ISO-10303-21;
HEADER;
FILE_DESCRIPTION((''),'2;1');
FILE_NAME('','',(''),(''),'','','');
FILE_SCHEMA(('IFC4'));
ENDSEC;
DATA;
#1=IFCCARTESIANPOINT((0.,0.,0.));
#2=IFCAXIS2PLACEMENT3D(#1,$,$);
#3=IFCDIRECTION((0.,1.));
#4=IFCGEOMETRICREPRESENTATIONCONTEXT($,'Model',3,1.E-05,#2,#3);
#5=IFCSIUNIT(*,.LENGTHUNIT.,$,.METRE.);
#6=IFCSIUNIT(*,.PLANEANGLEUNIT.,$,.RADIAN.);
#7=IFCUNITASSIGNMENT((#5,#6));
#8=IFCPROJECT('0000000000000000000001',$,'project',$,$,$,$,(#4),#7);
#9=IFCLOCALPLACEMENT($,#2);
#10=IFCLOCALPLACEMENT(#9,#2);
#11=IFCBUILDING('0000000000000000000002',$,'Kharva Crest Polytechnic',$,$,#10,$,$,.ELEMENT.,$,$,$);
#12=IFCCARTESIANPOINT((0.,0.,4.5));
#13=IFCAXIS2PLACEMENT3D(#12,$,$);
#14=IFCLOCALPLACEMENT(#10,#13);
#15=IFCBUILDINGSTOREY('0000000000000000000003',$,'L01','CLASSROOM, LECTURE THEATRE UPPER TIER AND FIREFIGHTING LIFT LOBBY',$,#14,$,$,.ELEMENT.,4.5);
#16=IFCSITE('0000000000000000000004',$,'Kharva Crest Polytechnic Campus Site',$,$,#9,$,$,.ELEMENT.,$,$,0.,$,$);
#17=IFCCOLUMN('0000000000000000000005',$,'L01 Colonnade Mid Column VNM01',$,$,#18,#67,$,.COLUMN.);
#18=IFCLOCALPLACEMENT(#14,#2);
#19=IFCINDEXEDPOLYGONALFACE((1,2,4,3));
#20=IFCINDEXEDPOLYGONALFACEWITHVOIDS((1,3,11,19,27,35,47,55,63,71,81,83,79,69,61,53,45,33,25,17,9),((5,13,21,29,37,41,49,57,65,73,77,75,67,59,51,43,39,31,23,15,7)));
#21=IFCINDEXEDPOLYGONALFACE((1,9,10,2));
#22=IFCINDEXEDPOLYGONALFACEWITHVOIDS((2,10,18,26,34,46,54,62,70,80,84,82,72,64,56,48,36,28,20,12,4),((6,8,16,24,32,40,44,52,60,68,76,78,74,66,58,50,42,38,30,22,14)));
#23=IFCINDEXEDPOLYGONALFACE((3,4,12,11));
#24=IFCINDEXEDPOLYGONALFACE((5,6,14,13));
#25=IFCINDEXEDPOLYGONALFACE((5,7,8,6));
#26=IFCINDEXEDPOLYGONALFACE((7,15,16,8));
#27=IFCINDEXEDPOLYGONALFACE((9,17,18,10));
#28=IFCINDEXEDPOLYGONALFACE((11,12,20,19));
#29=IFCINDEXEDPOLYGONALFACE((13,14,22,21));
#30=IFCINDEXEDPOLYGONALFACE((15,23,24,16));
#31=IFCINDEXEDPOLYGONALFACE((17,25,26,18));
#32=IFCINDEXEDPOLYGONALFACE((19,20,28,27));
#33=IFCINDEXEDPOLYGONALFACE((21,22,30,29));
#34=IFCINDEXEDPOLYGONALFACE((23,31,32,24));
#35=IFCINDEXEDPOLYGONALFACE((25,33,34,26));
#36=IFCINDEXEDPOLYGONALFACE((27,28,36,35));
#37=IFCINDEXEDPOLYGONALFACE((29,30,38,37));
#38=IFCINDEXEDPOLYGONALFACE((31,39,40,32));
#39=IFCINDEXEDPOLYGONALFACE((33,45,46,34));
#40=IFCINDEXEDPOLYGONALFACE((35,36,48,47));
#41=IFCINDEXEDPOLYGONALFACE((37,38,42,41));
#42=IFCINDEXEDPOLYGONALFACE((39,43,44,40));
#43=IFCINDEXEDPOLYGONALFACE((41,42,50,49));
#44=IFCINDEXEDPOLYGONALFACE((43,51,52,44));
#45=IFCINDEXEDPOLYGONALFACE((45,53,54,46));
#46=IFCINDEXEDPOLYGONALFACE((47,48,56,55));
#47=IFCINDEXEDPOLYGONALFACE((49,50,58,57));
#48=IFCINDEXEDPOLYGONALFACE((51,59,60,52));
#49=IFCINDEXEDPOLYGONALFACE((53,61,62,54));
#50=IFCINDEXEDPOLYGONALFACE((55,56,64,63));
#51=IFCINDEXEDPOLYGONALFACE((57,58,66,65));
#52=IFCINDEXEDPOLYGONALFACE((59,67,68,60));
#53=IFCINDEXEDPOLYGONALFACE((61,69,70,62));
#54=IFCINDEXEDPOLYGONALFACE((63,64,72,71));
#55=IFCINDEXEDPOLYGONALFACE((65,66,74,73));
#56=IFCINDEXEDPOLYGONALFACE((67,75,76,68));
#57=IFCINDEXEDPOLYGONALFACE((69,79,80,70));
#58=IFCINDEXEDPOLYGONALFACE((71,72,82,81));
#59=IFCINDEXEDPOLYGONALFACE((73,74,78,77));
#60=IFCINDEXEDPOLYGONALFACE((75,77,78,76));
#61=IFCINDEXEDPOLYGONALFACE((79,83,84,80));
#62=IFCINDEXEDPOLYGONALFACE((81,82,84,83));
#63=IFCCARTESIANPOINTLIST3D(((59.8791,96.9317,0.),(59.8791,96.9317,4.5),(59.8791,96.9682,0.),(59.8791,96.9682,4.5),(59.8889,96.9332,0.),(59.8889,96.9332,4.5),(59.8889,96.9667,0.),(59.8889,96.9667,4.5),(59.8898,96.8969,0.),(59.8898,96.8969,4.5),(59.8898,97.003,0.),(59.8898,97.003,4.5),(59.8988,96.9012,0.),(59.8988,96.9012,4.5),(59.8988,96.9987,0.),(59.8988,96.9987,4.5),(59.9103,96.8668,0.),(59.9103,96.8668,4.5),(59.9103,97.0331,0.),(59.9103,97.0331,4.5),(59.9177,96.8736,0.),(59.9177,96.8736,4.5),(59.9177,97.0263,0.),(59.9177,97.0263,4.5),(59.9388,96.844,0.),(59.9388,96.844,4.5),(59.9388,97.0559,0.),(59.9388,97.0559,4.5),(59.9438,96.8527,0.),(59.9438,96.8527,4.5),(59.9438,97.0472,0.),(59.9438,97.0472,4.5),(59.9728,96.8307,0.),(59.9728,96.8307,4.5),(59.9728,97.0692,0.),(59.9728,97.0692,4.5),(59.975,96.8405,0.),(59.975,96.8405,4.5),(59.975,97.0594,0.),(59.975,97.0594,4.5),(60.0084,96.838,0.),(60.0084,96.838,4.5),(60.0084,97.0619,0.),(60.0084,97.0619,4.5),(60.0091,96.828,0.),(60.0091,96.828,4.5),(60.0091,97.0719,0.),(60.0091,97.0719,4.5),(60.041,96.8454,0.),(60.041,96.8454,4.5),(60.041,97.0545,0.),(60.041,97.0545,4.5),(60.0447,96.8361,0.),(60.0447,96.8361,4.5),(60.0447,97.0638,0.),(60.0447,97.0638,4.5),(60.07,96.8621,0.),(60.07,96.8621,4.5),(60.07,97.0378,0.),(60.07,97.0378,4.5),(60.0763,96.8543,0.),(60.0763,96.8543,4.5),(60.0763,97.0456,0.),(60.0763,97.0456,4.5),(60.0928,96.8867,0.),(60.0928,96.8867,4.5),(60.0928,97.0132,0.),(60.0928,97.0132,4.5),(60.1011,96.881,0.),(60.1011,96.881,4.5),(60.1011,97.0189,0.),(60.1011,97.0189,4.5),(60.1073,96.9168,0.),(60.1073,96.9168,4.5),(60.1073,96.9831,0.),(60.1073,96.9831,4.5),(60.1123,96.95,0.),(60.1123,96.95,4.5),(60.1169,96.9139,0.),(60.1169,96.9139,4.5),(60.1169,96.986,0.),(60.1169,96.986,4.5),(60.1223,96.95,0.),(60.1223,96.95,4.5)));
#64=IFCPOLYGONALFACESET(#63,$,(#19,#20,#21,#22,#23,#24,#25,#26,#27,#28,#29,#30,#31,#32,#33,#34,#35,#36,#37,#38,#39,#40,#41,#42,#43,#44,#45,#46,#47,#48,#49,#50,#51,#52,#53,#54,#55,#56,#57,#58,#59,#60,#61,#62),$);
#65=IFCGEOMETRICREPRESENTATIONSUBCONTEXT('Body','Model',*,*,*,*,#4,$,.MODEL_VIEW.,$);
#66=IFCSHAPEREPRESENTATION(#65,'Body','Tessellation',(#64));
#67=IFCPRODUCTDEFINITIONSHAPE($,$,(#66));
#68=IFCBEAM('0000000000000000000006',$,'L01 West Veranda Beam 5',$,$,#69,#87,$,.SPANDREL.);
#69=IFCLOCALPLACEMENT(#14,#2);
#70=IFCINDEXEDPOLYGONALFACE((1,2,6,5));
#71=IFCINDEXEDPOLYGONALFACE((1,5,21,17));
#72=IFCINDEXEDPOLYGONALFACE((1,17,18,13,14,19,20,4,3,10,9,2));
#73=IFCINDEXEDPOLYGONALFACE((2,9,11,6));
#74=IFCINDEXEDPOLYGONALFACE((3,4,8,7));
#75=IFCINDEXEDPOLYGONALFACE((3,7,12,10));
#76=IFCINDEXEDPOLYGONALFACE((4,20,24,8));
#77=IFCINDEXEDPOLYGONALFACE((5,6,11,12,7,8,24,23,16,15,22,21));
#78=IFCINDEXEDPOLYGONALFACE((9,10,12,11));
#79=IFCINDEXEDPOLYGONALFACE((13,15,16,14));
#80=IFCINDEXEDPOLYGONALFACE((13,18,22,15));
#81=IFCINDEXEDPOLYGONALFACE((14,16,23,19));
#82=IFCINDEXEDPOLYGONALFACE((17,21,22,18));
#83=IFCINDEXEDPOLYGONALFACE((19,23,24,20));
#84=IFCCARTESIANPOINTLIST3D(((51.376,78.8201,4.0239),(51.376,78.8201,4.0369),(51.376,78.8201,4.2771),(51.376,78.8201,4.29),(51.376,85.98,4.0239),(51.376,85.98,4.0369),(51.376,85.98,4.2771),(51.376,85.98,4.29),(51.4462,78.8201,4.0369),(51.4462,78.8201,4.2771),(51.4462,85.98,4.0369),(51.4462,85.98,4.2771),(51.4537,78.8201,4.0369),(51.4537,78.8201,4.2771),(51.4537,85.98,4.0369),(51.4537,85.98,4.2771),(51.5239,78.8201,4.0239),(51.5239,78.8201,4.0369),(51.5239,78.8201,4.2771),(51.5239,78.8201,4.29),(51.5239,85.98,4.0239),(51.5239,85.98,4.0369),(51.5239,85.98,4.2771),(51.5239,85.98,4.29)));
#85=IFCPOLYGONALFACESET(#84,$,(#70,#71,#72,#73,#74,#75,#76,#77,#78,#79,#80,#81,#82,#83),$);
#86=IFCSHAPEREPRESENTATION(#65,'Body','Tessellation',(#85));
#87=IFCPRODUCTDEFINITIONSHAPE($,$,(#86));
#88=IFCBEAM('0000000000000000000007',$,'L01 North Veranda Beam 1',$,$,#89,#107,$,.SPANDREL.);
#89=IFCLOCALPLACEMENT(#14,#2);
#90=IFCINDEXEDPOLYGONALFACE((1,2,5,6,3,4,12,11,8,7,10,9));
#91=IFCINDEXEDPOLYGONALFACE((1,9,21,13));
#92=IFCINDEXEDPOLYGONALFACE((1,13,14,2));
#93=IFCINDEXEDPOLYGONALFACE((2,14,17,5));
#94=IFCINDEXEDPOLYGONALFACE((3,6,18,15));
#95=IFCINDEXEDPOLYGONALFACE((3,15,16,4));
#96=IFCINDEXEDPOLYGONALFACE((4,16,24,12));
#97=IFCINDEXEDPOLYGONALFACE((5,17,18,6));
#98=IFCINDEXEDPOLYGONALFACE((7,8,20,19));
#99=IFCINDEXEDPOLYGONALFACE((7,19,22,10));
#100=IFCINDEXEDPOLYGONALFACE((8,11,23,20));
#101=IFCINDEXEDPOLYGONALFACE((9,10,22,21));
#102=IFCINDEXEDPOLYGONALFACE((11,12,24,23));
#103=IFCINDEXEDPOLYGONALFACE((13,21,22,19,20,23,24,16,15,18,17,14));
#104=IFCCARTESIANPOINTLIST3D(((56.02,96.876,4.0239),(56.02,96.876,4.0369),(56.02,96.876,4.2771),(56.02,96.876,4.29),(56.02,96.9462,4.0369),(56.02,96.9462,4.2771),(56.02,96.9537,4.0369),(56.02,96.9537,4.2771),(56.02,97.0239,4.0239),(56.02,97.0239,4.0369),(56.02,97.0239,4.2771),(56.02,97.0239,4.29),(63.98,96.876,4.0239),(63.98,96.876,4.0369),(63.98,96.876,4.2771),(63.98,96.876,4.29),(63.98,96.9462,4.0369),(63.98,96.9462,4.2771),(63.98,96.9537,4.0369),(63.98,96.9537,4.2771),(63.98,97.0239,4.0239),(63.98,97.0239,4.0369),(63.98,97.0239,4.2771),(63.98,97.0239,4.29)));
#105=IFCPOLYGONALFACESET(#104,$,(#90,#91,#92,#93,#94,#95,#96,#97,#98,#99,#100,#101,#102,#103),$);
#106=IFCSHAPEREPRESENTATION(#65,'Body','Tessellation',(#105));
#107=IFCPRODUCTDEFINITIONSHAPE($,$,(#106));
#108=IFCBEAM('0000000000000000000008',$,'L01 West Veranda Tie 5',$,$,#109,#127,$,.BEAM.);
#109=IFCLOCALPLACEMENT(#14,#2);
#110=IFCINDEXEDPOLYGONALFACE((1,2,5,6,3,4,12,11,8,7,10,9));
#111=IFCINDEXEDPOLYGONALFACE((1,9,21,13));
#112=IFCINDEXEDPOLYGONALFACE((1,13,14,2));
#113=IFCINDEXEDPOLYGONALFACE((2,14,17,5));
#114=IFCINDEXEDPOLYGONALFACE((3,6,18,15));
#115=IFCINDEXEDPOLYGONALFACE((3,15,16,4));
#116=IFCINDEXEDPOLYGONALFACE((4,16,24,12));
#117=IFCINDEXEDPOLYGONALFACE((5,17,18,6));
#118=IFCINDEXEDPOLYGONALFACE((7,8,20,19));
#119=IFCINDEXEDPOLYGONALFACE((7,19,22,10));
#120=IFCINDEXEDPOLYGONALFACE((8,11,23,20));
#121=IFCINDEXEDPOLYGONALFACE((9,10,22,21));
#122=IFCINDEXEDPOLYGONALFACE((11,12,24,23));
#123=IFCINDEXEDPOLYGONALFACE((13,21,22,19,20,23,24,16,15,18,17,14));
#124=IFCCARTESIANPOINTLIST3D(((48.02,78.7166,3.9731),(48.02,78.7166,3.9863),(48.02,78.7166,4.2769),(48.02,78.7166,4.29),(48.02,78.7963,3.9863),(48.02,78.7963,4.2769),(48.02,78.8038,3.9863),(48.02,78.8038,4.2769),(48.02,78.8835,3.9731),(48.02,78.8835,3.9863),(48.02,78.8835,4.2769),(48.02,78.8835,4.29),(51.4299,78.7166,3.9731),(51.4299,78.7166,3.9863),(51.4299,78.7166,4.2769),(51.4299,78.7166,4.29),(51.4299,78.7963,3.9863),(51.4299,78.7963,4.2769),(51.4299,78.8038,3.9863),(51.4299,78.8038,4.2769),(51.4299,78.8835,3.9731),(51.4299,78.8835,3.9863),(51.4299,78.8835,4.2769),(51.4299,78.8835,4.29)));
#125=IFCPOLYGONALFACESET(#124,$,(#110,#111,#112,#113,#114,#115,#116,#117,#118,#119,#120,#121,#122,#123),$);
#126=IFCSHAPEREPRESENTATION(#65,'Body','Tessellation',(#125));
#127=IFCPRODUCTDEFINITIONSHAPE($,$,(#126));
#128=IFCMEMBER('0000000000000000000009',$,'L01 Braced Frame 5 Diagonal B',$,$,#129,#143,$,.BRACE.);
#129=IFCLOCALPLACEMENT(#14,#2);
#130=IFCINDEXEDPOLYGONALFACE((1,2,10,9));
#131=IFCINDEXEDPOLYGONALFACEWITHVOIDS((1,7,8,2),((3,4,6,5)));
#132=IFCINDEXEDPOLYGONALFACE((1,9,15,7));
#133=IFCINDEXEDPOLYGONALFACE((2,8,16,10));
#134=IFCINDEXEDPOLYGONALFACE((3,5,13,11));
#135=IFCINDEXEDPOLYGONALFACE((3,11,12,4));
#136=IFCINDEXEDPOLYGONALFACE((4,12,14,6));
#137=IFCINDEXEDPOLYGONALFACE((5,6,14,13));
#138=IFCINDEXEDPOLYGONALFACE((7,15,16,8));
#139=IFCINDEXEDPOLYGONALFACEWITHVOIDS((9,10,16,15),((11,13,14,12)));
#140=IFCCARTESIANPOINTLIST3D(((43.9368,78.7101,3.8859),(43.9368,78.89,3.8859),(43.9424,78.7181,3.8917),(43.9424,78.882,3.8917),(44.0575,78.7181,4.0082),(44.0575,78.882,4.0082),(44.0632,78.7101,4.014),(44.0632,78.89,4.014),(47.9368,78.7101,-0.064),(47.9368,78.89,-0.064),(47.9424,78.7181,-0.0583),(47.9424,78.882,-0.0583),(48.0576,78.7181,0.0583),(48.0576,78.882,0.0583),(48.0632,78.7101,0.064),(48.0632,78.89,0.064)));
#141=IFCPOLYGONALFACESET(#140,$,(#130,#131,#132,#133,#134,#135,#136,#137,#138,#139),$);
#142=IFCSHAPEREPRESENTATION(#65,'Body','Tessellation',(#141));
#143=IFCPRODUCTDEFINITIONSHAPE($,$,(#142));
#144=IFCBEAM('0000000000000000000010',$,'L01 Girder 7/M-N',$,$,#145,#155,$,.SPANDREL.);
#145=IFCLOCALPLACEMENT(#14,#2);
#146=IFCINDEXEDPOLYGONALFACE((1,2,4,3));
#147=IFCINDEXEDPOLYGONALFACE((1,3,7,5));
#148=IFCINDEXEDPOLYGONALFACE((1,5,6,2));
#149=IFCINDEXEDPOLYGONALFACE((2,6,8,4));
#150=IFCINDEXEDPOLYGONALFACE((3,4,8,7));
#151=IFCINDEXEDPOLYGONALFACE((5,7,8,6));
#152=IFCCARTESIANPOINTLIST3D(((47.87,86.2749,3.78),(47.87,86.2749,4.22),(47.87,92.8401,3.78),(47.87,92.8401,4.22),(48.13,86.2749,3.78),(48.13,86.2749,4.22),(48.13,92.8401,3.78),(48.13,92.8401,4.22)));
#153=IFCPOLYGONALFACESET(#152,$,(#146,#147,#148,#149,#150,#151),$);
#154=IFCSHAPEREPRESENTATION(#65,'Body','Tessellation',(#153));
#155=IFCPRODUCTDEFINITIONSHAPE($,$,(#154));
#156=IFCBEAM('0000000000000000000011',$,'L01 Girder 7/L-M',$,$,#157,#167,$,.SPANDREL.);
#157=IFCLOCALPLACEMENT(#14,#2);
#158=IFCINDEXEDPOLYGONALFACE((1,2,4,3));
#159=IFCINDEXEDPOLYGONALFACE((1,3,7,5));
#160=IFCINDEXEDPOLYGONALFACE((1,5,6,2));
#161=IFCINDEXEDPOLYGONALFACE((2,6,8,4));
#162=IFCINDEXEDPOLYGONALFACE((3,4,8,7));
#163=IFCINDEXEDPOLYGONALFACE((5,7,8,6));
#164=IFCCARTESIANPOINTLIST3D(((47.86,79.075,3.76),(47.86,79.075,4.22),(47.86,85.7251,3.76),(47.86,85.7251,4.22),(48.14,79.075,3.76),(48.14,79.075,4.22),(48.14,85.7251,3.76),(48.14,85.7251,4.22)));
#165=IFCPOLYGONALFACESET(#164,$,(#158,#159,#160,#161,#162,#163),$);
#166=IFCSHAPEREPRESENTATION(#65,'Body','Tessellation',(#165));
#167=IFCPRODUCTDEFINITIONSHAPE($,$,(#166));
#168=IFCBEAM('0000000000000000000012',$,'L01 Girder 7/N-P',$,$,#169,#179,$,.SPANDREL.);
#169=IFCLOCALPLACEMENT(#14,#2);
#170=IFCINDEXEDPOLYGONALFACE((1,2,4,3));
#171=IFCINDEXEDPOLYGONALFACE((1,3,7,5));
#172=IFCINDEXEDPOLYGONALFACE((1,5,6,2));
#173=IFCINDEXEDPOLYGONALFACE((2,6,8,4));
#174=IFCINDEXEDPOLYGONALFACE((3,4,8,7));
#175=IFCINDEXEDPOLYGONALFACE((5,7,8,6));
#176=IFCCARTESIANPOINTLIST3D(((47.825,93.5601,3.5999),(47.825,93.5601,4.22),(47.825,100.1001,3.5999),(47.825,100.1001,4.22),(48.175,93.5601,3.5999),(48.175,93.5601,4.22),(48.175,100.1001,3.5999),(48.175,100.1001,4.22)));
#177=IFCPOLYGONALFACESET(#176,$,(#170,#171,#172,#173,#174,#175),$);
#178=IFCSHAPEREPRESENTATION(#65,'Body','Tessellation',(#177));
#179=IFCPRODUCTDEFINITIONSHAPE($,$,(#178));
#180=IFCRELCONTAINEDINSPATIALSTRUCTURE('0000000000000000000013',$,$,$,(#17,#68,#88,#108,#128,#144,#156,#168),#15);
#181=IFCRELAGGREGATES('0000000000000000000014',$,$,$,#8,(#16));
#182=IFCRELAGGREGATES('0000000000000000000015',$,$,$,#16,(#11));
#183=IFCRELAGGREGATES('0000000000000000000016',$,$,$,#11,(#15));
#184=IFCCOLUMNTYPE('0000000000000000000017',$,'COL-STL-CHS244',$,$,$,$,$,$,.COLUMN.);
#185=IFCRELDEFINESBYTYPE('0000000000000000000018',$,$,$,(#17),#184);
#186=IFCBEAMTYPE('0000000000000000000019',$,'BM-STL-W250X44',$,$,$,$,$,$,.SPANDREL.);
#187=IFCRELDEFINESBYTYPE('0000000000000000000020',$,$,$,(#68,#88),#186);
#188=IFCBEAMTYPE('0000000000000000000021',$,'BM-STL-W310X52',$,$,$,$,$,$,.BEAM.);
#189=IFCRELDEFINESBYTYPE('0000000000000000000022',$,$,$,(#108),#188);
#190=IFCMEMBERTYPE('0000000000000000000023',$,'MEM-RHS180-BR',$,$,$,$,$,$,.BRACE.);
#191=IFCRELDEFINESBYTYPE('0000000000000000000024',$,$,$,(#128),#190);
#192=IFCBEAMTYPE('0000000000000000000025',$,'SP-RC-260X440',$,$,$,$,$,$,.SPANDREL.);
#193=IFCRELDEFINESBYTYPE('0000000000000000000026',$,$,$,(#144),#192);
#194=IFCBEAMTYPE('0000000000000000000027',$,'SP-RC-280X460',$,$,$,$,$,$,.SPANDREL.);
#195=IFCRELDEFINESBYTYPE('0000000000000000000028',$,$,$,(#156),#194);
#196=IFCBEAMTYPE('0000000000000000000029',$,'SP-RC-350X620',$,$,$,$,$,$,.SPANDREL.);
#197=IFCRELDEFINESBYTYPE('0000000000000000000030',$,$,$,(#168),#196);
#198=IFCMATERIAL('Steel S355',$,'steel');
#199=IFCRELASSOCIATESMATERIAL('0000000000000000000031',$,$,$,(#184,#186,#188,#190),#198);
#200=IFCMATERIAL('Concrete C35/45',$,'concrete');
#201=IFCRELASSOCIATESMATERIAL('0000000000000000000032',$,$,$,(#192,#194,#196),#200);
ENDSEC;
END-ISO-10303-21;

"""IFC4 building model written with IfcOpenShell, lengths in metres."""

from ifc_helpers import new_model, si_unit, direction, frame, origin, origin_2d, place, context, subcontext, project, spatial, rectangle, hollow_rectangle, hollow_circle, i_section, extrude, material, material_profile, profile_set, type_object, element, save


model = new_model("IFC4")

# Units and contexts
model_context = context("Model", 3, precision=1e-05, world=origin(), true_north=direction((0.0, 1.0)))
body_context = subcontext(model_context, "Body", "Model", "MODEL_VIEW")
ifc_project = project(units=[si_unit("LENGTHUNIT", "METRE"), si_unit("PLANEANGLEUNIT", "RADIAN")], contexts=[model_context])

# Site, building, storey
site_placement = place(None, origin())
site = spatial("IfcSite", under=ifc_project, at=site_placement, Name="Kharva Crest Polytechnic Campus Site", CompositionType="ELEMENT", RefElevation=0.0)
building_placement = place(site_placement, origin())
building = spatial("IfcBuilding", under=site, at=building_placement, Name="Kharva Crest Polytechnic", CompositionType="ELEMENT")
storey_placement = place(building_placement, frame((0.0, 0.0, 4.5)))
storey = spatial("IfcBuildingStorey", under=building, at=storey_placement, Name="L01", Description="CLASSROOM, LECTURE THEATRE UPPER TIER AND FIREFIGHTING LIFT LOBBY", CompositionType="ELEMENT", Elevation=4.5)

# Column
ifc_material_1 = material(Name="Steel S355", Category="steel")
ifc_material_profile_1 = material_profile(ifc_material_1, hollow_circle(Radius=0.1223, WallThickness=0.01, at=origin_2d()), Name="CHS 244.5X10.0")
ifc_profile_set_1 = profile_set([ifc_material_profile_1], Name="Steel S355")
column_type_1 = type_object("IfcColumnType", Name="COL-STL-CHS244", PredefinedType="COLUMN", material=ifc_profile_set_1)
for number, where, z_axis, x_axis, name in (
    (1, (60.0, 96.95, 0.0), (0.0, 0.0, 1.0), (1.0, 0.0, 0.0), "L01 Colonnade Mid Column VNM01"),
):
    element("IfcColumn", number, at=place(storey_placement, frame(where, z_axis=z_axis, x_axis=x_axis)), inside=storey, type_object=column_type_1, Name=name, PredefinedType="COLUMN", context=body_context, shape_type="SweptSolid", body=[
        extrude(hollow_circle(Radius=0.1223, WallThickness=0.01, at=origin_2d()), origin(), (0.0, 0.0, 1.0), 4.5),
    ])

# Beams
ifc_material_profile_2 = material_profile(ifc_material_1, i_section(OverallWidth=0.1479, OverallDepth=0.2661, WebThickness=0.0076, FlangeThickness=0.0129, at=origin_2d()), Name="W250X44.8")
ifc_profile_set_2 = profile_set([ifc_material_profile_2], Name="Steel S355")
beam_type_1 = type_object("IfcBeamType", Name="BM-STL-W250X44", PredefinedType="SPANDREL", material=ifc_profile_set_2)
beam_1_placement = place(storey_placement, frame((51.45, 78.8201, 4.157), z_axis=(0.0, 1.0, 0.0), x_axis=(-1.0, 0.0, 0.0)))
element("IfcBeam", 2, at=beam_1_placement, inside=storey, type_object=beam_type_1, Name="L01 West Veranda Beam 5", PredefinedType="SPANDREL", context=body_context, shape_type="SweptSolid", body=[
    extrude(i_section(OverallWidth=0.1479, OverallDepth=0.2661, WebThickness=0.0076, FlangeThickness=0.0129, at=origin_2d()), origin(), (0.0, 0.0, 1.0), 7.1599),
])
beam_2_placement = place(storey_placement, frame((56.02, 96.95, 4.157), z_axis=(1.0, 0.0, 0.0), x_axis=(0.0, 1.0, 0.0)))
element("IfcBeam", 3, at=beam_2_placement, inside=storey, type_object=beam_type_1, Name="L01 North Veranda Beam 1", PredefinedType="SPANDREL", context=body_context, shape_type="SweptSolid", body=[
    extrude(i_section(OverallWidth=0.1479, OverallDepth=0.2661, WebThickness=0.0076, FlangeThickness=0.0129, at=origin_2d()), origin(), (0.0, 0.0, 1.0), 7.96),
])
ifc_material_profile_3 = material_profile(ifc_material_1, i_section(OverallWidth=0.167, OverallDepth=0.3169, WebThickness=0.0076, FlangeThickness=0.0132, at=origin_2d()), Name="W310X52")
ifc_profile_set_3 = profile_set([ifc_material_profile_3], Name="Steel S355")
beam_type_2 = type_object("IfcBeamType", Name="BM-STL-W310X52", PredefinedType="BEAM", material=ifc_profile_set_3)
beam_3_placement = place(storey_placement, frame((48.02, 78.8, 4.1316), z_axis=(1.0, 0.0, 0.0), x_axis=(0.0, 1.0, 0.0)))
element("IfcBeam", 4, at=beam_3_placement, inside=storey, type_object=beam_type_2, Name="L01 West Veranda Tie 5", PredefinedType="BEAM", context=body_context, shape_type="SweptSolid", body=[
    extrude(i_section(OverallWidth=0.167, OverallDepth=0.3169, WebThickness=0.0076, FlangeThickness=0.0132, at=origin_2d()), origin(), (0.0, 0.0, 1.0), 3.4099),
])

# Member
ifc_material_profile_4 = material_profile(ifc_material_1, hollow_rectangle(XDim=0.1799, YDim=0.1799, WallThickness=0.0081, at=origin_2d()), Name="RHS 180X180X8.0")
ifc_profile_set_4 = profile_set([ifc_material_profile_4], Name="Steel S355")
member_type = type_object("IfcMemberType", Name="MEM-RHS180-BR", PredefinedType="BRACE", material=ifc_profile_set_4)
member_placement = place(storey_placement, frame((48.0, 78.8, 0.0), z_axis=(-0.711544, 0.0, 0.702641), x_axis=(0.0, -1.0, 0.0)))
element("IfcMember", 5, at=member_placement, inside=storey, type_object=member_type, Name="L01 Braced Frame 5 Diagonal B", PredefinedType="BRACE", context=body_context, shape_type="SweptSolid", body=[
    extrude(hollow_rectangle(XDim=0.1799, YDim=0.1799, WallThickness=0.0081, at=origin_2d()), origin(), (0.0, 0.0, 1.0), 5.6216),
])

# Beams
ifc_material_2 = material(Name="Concrete C35/45", Category="concrete")
ifc_material_profile_5 = material_profile(ifc_material_2, rectangle(XDim=0.26, YDim=0.4399, at=origin_2d()), Name="RECT 260 X 440")
ifc_profile_set_5 = profile_set([ifc_material_profile_5], Name="Concrete C35/45")
beam_type_3 = type_object("IfcBeamType", Name="SP-RC-260X440", PredefinedType="SPANDREL", material=ifc_profile_set_5)
beam_4_placement = place(storey_placement, frame((48.0, 86.2749, 4.0), z_axis=(0.0, 1.0, 0.0), x_axis=(-1.0, 0.0, 0.0)))
element("IfcBeam", 6, at=beam_4_placement, inside=storey, type_object=beam_type_3, Name="L01 Girder 7/M-N", PredefinedType="SPANDREL", context=body_context, shape_type="SweptSolid", body=[
    extrude(rectangle(XDim=0.26, YDim=0.4399, at=origin_2d()), origin(), (0.0, 0.0, 1.0), 6.5652),
])
ifc_material_profile_6 = material_profile(ifc_material_2, rectangle(XDim=0.28, YDim=0.46, at=origin_2d()), Name="RECT 280 X 460")
ifc_profile_set_6 = profile_set([ifc_material_profile_6], Name="Concrete C35/45")
beam_type_4 = type_object("IfcBeamType", Name="SP-RC-280X460", PredefinedType="SPANDREL", material=ifc_profile_set_6)
beam_5_placement = place(storey_placement, frame((48.0, 79.075, 3.99), z_axis=(0.0, 1.0, 0.0), x_axis=(-1.0, 0.0, 0.0)))
element("IfcBeam", 7, at=beam_5_placement, inside=storey, type_object=beam_type_4, Name="L01 Girder 7/L-M", PredefinedType="SPANDREL", context=body_context, shape_type="SweptSolid", body=[
    extrude(rectangle(XDim=0.28, YDim=0.46, at=origin_2d()), origin(), (0.0, 0.0, 1.0), 6.6501),
])
ifc_material_profile_7 = material_profile(ifc_material_2, rectangle(XDim=0.3501, YDim=0.6201, at=origin_2d()), Name="RECT 350 X 620")
ifc_profile_set_7 = profile_set([ifc_material_profile_7], Name="Concrete C35/45")
beam_type_5 = type_object("IfcBeamType", Name="SP-RC-350X620", PredefinedType="SPANDREL", material=ifc_profile_set_7)
beam_6_placement = place(storey_placement, frame((48.0, 93.5601, 3.9099), z_axis=(0.0, 1.0, 0.0), x_axis=(-1.0, 0.0, 0.0)))
element("IfcBeam", 8, at=beam_6_placement, inside=storey, type_object=beam_type_5, Name="L01 Girder 7/N-P", PredefinedType="SPANDREL", context=body_context, shape_type="SweptSolid", body=[
    extrude(rectangle(XDim=0.3501, YDim=0.6201, at=origin_2d()), origin(), (0.0, 0.0, 1.0), 6.54),
])

save(model, "model.ifc")
